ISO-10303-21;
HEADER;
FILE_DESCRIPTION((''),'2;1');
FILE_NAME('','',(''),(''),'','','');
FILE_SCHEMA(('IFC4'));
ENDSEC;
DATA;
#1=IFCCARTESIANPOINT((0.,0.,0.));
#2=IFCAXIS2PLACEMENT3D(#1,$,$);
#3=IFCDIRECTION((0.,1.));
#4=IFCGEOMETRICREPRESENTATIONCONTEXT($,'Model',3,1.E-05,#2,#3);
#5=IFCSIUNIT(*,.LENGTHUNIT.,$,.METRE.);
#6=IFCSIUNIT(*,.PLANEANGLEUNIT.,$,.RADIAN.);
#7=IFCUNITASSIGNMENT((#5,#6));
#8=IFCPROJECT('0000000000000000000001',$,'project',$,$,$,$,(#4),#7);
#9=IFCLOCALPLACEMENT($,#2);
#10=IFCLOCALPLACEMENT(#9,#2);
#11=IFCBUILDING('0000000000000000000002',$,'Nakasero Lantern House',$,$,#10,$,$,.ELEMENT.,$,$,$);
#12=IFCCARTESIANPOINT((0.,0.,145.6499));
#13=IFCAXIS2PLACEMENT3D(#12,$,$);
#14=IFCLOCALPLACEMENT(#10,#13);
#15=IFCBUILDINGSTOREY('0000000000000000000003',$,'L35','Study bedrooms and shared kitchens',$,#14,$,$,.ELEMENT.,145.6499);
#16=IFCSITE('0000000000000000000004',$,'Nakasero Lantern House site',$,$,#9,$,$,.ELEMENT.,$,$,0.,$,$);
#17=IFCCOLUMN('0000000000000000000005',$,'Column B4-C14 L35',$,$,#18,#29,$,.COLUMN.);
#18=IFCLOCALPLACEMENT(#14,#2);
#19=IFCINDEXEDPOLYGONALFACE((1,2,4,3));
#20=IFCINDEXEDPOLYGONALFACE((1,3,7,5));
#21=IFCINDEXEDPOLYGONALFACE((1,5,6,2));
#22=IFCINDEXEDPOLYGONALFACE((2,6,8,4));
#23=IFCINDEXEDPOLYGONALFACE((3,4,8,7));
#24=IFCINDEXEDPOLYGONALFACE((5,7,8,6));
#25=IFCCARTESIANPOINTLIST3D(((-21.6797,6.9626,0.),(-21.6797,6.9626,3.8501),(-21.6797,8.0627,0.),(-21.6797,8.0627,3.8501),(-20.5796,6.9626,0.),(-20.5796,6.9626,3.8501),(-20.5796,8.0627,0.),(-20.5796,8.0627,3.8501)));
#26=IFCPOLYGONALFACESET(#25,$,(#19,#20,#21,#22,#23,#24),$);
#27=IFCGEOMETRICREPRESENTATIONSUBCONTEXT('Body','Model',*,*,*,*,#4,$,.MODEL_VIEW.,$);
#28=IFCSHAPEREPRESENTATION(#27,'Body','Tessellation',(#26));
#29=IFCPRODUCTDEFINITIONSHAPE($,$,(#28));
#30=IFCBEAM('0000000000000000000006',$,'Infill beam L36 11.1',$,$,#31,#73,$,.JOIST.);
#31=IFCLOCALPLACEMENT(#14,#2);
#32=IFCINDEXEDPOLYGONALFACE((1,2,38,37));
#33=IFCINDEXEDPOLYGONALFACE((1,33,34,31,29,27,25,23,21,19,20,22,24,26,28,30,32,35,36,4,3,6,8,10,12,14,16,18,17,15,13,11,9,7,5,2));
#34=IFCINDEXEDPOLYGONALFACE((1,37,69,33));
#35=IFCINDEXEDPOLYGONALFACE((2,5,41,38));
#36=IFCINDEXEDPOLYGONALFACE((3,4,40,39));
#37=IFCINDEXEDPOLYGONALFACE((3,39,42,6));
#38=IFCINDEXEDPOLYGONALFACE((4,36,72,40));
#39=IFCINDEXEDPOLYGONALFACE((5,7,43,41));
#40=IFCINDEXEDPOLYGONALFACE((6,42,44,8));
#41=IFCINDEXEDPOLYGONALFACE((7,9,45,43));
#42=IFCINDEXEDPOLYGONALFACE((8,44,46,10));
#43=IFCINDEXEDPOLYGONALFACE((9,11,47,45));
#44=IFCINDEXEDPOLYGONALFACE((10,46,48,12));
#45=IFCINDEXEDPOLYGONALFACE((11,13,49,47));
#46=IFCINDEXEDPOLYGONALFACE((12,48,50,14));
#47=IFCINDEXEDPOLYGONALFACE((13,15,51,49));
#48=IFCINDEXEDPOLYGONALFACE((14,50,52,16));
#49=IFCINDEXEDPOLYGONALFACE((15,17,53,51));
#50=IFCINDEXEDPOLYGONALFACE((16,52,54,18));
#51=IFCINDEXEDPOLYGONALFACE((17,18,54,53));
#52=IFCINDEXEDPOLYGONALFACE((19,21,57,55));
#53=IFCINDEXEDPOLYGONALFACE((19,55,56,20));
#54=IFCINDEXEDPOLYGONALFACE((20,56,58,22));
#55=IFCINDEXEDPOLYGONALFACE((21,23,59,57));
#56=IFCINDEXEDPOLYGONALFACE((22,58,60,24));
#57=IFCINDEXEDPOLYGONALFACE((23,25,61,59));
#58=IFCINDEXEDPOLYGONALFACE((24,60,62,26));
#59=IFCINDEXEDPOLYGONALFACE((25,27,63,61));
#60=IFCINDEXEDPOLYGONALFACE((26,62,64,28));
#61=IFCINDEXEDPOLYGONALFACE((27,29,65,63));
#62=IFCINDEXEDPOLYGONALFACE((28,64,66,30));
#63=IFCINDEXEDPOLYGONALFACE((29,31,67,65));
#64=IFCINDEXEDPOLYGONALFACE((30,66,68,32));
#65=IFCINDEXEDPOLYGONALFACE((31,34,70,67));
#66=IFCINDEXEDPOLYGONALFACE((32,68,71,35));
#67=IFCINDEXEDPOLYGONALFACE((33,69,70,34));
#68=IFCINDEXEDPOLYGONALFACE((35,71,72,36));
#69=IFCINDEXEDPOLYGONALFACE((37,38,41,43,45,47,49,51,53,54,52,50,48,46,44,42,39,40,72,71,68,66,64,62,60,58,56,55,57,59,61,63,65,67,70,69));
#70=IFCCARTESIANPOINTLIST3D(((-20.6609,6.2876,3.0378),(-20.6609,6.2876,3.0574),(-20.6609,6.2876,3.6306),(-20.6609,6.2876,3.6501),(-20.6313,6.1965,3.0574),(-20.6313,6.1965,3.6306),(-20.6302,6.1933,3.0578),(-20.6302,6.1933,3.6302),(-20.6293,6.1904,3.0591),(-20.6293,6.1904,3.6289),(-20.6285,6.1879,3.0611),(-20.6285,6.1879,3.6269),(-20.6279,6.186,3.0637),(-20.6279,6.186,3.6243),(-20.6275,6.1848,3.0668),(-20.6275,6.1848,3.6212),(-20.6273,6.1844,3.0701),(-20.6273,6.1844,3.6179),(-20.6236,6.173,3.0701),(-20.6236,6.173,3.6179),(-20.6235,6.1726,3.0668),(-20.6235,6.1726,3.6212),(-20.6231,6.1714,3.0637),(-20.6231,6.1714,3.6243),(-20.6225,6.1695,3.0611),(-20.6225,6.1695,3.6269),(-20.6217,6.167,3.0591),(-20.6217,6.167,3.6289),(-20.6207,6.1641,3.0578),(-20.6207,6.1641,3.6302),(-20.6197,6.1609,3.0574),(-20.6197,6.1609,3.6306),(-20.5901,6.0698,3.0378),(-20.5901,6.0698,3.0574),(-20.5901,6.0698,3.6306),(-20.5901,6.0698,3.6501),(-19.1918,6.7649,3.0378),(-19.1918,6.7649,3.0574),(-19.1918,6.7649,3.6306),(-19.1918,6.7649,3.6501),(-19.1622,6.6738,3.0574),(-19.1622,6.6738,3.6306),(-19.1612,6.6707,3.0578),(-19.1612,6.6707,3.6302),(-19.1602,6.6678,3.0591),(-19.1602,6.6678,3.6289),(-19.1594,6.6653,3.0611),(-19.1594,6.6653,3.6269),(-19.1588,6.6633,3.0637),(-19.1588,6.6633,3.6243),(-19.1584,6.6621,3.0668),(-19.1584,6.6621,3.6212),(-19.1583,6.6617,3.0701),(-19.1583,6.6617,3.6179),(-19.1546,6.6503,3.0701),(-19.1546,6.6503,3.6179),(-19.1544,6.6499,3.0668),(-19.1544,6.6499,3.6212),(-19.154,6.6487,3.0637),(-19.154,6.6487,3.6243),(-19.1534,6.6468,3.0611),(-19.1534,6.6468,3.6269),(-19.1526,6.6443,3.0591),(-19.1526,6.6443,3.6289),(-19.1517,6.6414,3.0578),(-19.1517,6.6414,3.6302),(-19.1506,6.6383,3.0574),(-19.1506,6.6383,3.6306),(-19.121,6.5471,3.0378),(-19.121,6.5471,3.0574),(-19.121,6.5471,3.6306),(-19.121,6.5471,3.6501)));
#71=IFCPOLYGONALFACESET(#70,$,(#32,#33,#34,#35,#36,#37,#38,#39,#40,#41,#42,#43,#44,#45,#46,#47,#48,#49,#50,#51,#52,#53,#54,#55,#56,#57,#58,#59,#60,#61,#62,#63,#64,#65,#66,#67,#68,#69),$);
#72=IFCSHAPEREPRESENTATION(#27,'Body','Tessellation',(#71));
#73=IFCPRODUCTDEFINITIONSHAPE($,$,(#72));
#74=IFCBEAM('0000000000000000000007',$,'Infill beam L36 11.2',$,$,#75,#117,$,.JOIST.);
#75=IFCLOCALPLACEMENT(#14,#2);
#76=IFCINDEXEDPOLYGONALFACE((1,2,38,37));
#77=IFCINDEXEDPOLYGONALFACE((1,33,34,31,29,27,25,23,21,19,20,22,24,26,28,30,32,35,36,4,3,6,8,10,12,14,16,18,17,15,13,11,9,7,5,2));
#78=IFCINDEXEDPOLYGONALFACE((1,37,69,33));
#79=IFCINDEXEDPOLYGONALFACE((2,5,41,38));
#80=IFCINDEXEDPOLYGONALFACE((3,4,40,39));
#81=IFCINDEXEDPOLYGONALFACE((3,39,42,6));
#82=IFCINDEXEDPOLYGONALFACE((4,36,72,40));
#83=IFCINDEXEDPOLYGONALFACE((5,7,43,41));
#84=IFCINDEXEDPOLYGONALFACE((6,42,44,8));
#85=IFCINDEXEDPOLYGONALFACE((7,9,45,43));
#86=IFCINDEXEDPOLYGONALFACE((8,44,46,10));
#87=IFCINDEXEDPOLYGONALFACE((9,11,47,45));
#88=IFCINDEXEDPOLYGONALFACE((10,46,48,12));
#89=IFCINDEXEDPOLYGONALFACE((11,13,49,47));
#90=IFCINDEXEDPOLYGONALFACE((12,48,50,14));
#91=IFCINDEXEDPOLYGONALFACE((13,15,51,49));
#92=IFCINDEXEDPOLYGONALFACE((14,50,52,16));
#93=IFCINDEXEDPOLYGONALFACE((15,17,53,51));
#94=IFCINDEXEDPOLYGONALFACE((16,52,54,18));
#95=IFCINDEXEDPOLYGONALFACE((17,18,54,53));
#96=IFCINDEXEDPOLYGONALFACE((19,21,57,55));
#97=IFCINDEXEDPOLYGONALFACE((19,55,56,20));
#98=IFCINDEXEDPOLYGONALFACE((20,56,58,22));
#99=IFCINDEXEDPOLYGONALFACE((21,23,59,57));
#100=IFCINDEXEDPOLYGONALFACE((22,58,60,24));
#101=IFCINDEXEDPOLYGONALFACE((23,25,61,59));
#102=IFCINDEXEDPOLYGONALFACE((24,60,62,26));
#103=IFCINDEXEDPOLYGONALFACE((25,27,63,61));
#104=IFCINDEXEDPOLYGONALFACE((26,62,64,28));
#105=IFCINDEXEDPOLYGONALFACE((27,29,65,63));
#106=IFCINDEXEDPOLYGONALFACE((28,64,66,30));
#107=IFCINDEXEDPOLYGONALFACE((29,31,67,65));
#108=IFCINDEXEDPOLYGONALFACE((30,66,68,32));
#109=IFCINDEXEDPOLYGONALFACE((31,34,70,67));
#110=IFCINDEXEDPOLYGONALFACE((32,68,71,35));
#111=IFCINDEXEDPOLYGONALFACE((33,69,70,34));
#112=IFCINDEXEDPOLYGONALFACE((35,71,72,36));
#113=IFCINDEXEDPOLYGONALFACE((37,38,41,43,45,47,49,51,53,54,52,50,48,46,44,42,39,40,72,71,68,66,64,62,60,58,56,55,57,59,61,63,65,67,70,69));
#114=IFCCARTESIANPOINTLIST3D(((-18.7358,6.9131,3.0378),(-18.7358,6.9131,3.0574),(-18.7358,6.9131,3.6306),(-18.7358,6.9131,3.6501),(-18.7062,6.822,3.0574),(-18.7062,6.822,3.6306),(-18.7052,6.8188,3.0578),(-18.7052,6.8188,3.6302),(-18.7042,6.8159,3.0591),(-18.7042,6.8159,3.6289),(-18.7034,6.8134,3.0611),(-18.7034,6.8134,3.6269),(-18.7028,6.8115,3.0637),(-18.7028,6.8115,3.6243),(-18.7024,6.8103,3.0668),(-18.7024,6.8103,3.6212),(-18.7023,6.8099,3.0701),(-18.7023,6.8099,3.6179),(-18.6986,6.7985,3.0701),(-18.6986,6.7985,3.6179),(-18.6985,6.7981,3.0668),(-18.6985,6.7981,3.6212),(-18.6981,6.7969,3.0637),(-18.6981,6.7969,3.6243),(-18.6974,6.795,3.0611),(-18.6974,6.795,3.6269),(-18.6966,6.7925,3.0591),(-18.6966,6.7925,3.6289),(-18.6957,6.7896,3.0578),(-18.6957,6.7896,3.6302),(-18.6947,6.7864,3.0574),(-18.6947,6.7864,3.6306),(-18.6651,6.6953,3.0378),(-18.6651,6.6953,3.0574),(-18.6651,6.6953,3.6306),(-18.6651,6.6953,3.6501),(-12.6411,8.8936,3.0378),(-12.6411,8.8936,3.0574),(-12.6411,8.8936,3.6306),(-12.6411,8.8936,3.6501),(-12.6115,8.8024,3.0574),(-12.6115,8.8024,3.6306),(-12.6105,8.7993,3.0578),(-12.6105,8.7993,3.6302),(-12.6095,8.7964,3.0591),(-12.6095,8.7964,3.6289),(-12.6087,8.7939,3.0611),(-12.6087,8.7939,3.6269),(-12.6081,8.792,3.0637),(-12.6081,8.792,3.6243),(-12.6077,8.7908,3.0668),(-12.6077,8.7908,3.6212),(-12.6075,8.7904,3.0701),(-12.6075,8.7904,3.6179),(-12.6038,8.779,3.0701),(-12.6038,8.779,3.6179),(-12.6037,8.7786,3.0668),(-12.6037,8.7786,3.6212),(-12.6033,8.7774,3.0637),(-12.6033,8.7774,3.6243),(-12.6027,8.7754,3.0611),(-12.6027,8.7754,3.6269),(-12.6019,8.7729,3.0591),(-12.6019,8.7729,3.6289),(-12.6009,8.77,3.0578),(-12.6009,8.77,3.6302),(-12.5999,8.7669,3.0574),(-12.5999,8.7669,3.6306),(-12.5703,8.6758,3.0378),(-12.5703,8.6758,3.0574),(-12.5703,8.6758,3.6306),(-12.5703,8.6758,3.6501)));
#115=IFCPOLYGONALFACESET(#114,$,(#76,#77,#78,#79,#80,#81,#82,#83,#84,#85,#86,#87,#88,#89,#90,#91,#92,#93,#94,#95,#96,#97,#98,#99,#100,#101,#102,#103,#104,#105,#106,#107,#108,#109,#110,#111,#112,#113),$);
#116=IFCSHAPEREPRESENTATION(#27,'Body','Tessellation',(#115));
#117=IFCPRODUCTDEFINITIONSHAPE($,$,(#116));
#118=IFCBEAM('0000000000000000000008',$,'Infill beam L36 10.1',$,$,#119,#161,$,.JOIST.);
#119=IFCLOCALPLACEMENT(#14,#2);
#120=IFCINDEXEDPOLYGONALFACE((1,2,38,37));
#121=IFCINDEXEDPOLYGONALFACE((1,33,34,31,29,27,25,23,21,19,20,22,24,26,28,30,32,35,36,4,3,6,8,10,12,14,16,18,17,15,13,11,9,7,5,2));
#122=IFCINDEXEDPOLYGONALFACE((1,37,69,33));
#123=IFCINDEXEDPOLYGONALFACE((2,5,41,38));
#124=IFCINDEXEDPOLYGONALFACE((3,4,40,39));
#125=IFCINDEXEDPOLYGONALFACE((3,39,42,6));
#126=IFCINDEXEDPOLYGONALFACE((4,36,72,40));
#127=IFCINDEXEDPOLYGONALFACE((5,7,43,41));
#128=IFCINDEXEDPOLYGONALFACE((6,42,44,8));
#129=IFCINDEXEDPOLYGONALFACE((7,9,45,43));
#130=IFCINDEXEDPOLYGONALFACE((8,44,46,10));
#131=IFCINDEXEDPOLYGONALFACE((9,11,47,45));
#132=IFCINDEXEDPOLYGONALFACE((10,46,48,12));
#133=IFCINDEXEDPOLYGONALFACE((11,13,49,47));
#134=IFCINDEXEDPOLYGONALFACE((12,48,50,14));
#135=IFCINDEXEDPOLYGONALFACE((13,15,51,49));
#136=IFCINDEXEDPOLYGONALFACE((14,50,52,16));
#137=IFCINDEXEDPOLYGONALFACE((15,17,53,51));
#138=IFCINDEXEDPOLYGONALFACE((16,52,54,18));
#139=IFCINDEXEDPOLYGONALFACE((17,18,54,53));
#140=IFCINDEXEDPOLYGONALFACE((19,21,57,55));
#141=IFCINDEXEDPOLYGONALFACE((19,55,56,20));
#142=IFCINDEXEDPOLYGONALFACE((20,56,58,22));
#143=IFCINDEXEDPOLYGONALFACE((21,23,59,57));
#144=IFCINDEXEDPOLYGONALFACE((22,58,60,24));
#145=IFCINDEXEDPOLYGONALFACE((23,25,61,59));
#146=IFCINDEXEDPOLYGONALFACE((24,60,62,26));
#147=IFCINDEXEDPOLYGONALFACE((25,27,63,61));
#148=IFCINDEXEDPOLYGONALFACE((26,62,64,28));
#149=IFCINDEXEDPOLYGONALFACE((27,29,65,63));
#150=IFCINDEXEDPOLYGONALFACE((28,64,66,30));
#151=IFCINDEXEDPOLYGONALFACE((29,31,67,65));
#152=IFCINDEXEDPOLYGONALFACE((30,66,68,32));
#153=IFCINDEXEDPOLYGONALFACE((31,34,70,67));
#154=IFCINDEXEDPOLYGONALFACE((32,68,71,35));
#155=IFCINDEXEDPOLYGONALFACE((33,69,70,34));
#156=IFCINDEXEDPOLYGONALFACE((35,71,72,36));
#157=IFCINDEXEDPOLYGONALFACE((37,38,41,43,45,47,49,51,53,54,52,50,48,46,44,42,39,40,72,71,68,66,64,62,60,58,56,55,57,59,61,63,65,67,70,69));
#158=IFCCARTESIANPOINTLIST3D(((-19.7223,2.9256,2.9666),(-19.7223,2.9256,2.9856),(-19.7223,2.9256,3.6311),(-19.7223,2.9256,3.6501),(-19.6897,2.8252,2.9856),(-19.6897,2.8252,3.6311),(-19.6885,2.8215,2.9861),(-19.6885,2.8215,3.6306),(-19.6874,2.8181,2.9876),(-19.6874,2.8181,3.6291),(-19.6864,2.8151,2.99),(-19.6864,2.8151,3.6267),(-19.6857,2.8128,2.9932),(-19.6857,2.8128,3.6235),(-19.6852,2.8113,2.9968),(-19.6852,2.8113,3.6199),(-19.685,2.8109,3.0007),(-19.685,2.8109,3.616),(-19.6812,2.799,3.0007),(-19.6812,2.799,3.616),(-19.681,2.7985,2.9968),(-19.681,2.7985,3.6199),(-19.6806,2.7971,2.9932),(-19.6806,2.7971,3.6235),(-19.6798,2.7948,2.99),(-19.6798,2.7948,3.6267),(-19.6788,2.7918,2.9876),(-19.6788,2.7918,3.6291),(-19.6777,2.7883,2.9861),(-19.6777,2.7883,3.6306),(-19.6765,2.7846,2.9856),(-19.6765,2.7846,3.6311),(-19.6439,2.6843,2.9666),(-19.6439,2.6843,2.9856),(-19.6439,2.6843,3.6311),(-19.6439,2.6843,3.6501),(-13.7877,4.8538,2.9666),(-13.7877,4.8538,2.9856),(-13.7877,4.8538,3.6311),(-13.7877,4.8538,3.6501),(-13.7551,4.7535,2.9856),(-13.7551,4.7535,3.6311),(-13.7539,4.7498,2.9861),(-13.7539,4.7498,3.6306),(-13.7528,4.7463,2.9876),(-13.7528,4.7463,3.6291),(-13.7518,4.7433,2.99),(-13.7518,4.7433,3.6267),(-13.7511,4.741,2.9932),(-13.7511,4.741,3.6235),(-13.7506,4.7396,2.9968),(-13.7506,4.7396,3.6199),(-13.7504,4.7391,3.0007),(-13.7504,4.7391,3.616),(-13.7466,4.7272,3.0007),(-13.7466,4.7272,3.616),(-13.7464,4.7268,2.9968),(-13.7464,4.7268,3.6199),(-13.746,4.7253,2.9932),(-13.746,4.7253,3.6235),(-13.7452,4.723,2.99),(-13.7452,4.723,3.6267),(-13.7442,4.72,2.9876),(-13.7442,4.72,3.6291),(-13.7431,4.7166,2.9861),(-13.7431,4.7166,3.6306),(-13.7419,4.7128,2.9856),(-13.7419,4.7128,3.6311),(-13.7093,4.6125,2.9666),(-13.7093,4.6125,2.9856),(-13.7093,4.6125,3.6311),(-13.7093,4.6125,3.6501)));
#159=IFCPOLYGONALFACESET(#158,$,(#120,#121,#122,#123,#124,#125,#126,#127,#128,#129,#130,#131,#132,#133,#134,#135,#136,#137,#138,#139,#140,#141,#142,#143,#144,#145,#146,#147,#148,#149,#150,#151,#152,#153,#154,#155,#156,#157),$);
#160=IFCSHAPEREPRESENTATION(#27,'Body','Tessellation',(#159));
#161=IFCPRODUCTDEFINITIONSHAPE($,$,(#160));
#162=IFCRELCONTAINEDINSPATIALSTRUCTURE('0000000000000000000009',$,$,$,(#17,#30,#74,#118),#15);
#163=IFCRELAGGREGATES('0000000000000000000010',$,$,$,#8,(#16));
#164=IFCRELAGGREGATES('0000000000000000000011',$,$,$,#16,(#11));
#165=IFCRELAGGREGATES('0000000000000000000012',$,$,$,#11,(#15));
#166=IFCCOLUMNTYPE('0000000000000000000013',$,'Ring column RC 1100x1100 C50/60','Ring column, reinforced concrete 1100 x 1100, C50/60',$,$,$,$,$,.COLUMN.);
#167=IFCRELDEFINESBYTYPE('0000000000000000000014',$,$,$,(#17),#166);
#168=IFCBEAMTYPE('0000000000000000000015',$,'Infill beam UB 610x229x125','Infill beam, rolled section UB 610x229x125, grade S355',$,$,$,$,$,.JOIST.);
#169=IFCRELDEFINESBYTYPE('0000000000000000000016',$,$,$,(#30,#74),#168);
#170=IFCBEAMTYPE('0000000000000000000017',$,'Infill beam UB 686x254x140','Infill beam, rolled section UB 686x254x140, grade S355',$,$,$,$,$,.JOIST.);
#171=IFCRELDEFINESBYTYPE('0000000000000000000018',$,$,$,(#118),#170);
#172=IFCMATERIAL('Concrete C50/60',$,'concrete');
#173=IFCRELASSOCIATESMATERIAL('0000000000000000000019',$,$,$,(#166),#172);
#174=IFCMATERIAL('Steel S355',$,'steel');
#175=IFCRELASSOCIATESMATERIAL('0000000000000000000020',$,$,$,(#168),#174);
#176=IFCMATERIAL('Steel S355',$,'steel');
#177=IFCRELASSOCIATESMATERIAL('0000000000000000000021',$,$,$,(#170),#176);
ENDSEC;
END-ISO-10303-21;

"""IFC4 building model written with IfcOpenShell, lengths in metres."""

from ifc_helpers import new_model, si_unit, direction, frame, origin, origin_2d, place, context, subcontext, project, spatial, rectangle, i_section, extrude, material, material_profile, profile_set, type_object, element, save


model = new_model("IFC4")

# Units and contexts
model_context = context("Model", 3, precision=1e-05, world=origin(), true_north=direction((0.0, 1.0)))
body_context = subcontext(model_context, "Body", "Model", "MODEL_VIEW")
ifc_project = project(units=[si_unit("LENGTHUNIT", "METRE"), si_unit("PLANEANGLEUNIT", "RADIAN")], contexts=[model_context])

# Site, building, storey
site_placement = place(None, origin())
site = spatial("IfcSite", under=ifc_project, at=site_placement, Name="Nakasero Lantern House site", CompositionType="ELEMENT", RefElevation=0.0)
building_placement = place(site_placement, origin())
building = spatial("IfcBuilding", under=site, at=building_placement, Name="Nakasero Lantern House", CompositionType="ELEMENT")
storey_placement = place(building_placement, frame((0.0, 0.0, 145.6499)))
storey = spatial("IfcBuildingStorey", under=building, at=storey_placement, Name="L35", Description="Study bedrooms and shared kitchens", CompositionType="ELEMENT", Elevation=145.6499)

# Column
ifc_material_1 = material(Name="Concrete C50/60", Category="concrete")
ifc_material_profile_1 = material_profile(ifc_material_1, rectangle(XDim=1.1001, YDim=1.1001, at=origin_2d()), Name="RC 1100x1100")
ifc_profile_set_1 = profile_set([ifc_material_profile_1], Name="Concrete C50/60")
column_type = type_object("IfcColumnType", Name="Ring column RC 1100x1100 C50/60", Description="Ring column, reinforced concrete 1100 x 1100, C50/60", PredefinedType="COLUMN", material=ifc_profile_set_1)
column_placement = place(storey_placement, frame((-21.1296, 7.5127, 0.0), z_axis=(0.0, 0.0, 1.0), x_axis=(1.0, 0.0, 0.0)))
element("IfcColumn", 1, at=column_placement, inside=storey, type_object=column_type, Name="Column B4-C14 L35", PredefinedType="COLUMN", context=body_context, shape_type="SweptSolid", body=[
    extrude(rectangle(XDim=1.1001, YDim=1.1001, at=origin_2d()), origin(), (0.0, 0.0, 1.0), 3.8501),
])

# Beams
ifc_material_2 = material(Name="Steel S355", Category="steel")
ifc_material_profile_2 = material_profile(ifc_material_2, i_section(OverallWidth=0.229, OverallDepth=0.6123, WebThickness=0.012, FlangeThickness=0.0195, FilletRadius=0.0127, at=origin_2d()), Name="UB 610x229x125")
ifc_profile_set_2 = profile_set([ifc_material_profile_2], Name="Steel S355")
beam_type_1 = type_object("IfcBeamType", Name="Infill beam UB 610x229x125", Description="Infill beam, rolled section UB 610x229x125, grade S355", PredefinedType="JOIST", material=ifc_profile_set_2)
beam_1_placement = place(storey_placement, frame((-20.6255, 6.1787, 3.344), z_axis=(0.951058, 0.309011, 0.0), x_axis=(-0.309011, 0.951058, 0.0)))
element("IfcBeam", 2, at=beam_1_placement, inside=storey, type_object=beam_type_1, Name="Infill beam L36 11.1", PredefinedType="JOIST", context=body_context, shape_type="SweptSolid", body=[
    extrude(i_section(OverallWidth=0.229, OverallDepth=0.6123, WebThickness=0.012, FlangeThickness=0.0195, FilletRadius=0.0127, at=origin_2d()), origin(), (0.0, 0.0, 1.0), 1.5447),
])
beam_2_placement = place(storey_placement, frame((-18.7004, 6.8042, 3.344), z_axis=(0.951049, 0.309041, 0.0), x_axis=(-0.309041, 0.951049, 0.0)))
element("IfcBeam", 3, at=beam_2_placement, inside=storey, type_object=beam_type_1, Name="Infill beam L36 11.2", PredefinedType="JOIST", context=body_context, shape_type="SweptSolid", body=[
    extrude(i_section(OverallWidth=0.229, OverallDepth=0.6123, WebThickness=0.012, FlangeThickness=0.0195, FilletRadius=0.0127, at=origin_2d()), origin(), (0.0, 0.0, 1.0), 6.4084),
])
ifc_material_3 = material(Name="Steel S355", Category="steel")
ifc_material_profile_3 = material_profile(ifc_material_3, i_section(OverallWidth=0.2537, OverallDepth=0.6836, WebThickness=0.0125, FlangeThickness=0.019, FilletRadius=0.0151, at=origin_2d()), Name="UB 686x254x140")
ifc_profile_set_3 = profile_set([ifc_material_profile_3], Name="Steel S355")
beam_type_2 = type_object("IfcBeamType", Name="Infill beam UB 686x254x140", Description="Infill beam, rolled section UB 686x254x140, grade S355", PredefinedType="JOIST", material=ifc_profile_set_3)
beam_3_placement = place(storey_placement, frame((-19.6831, 2.8049, 3.3083), z_axis=(0.951058, 0.309012, 0.0), x_axis=(-0.309012, 0.951058, 0.0)))
element("IfcBeam", 4, at=beam_3_placement, inside=storey, type_object=beam_type_2, Name="Infill beam L36 10.1", PredefinedType="JOIST", context=body_context, shape_type="SweptSolid", body=[
    extrude(i_section(OverallWidth=0.2537, OverallDepth=0.6836, WebThickness=0.0125, FlangeThickness=0.019, FilletRadius=0.0151, at=origin_2d()), origin(), (0.0, 0.0, 1.0), 6.24),
])

save(model, "model.ifc")
